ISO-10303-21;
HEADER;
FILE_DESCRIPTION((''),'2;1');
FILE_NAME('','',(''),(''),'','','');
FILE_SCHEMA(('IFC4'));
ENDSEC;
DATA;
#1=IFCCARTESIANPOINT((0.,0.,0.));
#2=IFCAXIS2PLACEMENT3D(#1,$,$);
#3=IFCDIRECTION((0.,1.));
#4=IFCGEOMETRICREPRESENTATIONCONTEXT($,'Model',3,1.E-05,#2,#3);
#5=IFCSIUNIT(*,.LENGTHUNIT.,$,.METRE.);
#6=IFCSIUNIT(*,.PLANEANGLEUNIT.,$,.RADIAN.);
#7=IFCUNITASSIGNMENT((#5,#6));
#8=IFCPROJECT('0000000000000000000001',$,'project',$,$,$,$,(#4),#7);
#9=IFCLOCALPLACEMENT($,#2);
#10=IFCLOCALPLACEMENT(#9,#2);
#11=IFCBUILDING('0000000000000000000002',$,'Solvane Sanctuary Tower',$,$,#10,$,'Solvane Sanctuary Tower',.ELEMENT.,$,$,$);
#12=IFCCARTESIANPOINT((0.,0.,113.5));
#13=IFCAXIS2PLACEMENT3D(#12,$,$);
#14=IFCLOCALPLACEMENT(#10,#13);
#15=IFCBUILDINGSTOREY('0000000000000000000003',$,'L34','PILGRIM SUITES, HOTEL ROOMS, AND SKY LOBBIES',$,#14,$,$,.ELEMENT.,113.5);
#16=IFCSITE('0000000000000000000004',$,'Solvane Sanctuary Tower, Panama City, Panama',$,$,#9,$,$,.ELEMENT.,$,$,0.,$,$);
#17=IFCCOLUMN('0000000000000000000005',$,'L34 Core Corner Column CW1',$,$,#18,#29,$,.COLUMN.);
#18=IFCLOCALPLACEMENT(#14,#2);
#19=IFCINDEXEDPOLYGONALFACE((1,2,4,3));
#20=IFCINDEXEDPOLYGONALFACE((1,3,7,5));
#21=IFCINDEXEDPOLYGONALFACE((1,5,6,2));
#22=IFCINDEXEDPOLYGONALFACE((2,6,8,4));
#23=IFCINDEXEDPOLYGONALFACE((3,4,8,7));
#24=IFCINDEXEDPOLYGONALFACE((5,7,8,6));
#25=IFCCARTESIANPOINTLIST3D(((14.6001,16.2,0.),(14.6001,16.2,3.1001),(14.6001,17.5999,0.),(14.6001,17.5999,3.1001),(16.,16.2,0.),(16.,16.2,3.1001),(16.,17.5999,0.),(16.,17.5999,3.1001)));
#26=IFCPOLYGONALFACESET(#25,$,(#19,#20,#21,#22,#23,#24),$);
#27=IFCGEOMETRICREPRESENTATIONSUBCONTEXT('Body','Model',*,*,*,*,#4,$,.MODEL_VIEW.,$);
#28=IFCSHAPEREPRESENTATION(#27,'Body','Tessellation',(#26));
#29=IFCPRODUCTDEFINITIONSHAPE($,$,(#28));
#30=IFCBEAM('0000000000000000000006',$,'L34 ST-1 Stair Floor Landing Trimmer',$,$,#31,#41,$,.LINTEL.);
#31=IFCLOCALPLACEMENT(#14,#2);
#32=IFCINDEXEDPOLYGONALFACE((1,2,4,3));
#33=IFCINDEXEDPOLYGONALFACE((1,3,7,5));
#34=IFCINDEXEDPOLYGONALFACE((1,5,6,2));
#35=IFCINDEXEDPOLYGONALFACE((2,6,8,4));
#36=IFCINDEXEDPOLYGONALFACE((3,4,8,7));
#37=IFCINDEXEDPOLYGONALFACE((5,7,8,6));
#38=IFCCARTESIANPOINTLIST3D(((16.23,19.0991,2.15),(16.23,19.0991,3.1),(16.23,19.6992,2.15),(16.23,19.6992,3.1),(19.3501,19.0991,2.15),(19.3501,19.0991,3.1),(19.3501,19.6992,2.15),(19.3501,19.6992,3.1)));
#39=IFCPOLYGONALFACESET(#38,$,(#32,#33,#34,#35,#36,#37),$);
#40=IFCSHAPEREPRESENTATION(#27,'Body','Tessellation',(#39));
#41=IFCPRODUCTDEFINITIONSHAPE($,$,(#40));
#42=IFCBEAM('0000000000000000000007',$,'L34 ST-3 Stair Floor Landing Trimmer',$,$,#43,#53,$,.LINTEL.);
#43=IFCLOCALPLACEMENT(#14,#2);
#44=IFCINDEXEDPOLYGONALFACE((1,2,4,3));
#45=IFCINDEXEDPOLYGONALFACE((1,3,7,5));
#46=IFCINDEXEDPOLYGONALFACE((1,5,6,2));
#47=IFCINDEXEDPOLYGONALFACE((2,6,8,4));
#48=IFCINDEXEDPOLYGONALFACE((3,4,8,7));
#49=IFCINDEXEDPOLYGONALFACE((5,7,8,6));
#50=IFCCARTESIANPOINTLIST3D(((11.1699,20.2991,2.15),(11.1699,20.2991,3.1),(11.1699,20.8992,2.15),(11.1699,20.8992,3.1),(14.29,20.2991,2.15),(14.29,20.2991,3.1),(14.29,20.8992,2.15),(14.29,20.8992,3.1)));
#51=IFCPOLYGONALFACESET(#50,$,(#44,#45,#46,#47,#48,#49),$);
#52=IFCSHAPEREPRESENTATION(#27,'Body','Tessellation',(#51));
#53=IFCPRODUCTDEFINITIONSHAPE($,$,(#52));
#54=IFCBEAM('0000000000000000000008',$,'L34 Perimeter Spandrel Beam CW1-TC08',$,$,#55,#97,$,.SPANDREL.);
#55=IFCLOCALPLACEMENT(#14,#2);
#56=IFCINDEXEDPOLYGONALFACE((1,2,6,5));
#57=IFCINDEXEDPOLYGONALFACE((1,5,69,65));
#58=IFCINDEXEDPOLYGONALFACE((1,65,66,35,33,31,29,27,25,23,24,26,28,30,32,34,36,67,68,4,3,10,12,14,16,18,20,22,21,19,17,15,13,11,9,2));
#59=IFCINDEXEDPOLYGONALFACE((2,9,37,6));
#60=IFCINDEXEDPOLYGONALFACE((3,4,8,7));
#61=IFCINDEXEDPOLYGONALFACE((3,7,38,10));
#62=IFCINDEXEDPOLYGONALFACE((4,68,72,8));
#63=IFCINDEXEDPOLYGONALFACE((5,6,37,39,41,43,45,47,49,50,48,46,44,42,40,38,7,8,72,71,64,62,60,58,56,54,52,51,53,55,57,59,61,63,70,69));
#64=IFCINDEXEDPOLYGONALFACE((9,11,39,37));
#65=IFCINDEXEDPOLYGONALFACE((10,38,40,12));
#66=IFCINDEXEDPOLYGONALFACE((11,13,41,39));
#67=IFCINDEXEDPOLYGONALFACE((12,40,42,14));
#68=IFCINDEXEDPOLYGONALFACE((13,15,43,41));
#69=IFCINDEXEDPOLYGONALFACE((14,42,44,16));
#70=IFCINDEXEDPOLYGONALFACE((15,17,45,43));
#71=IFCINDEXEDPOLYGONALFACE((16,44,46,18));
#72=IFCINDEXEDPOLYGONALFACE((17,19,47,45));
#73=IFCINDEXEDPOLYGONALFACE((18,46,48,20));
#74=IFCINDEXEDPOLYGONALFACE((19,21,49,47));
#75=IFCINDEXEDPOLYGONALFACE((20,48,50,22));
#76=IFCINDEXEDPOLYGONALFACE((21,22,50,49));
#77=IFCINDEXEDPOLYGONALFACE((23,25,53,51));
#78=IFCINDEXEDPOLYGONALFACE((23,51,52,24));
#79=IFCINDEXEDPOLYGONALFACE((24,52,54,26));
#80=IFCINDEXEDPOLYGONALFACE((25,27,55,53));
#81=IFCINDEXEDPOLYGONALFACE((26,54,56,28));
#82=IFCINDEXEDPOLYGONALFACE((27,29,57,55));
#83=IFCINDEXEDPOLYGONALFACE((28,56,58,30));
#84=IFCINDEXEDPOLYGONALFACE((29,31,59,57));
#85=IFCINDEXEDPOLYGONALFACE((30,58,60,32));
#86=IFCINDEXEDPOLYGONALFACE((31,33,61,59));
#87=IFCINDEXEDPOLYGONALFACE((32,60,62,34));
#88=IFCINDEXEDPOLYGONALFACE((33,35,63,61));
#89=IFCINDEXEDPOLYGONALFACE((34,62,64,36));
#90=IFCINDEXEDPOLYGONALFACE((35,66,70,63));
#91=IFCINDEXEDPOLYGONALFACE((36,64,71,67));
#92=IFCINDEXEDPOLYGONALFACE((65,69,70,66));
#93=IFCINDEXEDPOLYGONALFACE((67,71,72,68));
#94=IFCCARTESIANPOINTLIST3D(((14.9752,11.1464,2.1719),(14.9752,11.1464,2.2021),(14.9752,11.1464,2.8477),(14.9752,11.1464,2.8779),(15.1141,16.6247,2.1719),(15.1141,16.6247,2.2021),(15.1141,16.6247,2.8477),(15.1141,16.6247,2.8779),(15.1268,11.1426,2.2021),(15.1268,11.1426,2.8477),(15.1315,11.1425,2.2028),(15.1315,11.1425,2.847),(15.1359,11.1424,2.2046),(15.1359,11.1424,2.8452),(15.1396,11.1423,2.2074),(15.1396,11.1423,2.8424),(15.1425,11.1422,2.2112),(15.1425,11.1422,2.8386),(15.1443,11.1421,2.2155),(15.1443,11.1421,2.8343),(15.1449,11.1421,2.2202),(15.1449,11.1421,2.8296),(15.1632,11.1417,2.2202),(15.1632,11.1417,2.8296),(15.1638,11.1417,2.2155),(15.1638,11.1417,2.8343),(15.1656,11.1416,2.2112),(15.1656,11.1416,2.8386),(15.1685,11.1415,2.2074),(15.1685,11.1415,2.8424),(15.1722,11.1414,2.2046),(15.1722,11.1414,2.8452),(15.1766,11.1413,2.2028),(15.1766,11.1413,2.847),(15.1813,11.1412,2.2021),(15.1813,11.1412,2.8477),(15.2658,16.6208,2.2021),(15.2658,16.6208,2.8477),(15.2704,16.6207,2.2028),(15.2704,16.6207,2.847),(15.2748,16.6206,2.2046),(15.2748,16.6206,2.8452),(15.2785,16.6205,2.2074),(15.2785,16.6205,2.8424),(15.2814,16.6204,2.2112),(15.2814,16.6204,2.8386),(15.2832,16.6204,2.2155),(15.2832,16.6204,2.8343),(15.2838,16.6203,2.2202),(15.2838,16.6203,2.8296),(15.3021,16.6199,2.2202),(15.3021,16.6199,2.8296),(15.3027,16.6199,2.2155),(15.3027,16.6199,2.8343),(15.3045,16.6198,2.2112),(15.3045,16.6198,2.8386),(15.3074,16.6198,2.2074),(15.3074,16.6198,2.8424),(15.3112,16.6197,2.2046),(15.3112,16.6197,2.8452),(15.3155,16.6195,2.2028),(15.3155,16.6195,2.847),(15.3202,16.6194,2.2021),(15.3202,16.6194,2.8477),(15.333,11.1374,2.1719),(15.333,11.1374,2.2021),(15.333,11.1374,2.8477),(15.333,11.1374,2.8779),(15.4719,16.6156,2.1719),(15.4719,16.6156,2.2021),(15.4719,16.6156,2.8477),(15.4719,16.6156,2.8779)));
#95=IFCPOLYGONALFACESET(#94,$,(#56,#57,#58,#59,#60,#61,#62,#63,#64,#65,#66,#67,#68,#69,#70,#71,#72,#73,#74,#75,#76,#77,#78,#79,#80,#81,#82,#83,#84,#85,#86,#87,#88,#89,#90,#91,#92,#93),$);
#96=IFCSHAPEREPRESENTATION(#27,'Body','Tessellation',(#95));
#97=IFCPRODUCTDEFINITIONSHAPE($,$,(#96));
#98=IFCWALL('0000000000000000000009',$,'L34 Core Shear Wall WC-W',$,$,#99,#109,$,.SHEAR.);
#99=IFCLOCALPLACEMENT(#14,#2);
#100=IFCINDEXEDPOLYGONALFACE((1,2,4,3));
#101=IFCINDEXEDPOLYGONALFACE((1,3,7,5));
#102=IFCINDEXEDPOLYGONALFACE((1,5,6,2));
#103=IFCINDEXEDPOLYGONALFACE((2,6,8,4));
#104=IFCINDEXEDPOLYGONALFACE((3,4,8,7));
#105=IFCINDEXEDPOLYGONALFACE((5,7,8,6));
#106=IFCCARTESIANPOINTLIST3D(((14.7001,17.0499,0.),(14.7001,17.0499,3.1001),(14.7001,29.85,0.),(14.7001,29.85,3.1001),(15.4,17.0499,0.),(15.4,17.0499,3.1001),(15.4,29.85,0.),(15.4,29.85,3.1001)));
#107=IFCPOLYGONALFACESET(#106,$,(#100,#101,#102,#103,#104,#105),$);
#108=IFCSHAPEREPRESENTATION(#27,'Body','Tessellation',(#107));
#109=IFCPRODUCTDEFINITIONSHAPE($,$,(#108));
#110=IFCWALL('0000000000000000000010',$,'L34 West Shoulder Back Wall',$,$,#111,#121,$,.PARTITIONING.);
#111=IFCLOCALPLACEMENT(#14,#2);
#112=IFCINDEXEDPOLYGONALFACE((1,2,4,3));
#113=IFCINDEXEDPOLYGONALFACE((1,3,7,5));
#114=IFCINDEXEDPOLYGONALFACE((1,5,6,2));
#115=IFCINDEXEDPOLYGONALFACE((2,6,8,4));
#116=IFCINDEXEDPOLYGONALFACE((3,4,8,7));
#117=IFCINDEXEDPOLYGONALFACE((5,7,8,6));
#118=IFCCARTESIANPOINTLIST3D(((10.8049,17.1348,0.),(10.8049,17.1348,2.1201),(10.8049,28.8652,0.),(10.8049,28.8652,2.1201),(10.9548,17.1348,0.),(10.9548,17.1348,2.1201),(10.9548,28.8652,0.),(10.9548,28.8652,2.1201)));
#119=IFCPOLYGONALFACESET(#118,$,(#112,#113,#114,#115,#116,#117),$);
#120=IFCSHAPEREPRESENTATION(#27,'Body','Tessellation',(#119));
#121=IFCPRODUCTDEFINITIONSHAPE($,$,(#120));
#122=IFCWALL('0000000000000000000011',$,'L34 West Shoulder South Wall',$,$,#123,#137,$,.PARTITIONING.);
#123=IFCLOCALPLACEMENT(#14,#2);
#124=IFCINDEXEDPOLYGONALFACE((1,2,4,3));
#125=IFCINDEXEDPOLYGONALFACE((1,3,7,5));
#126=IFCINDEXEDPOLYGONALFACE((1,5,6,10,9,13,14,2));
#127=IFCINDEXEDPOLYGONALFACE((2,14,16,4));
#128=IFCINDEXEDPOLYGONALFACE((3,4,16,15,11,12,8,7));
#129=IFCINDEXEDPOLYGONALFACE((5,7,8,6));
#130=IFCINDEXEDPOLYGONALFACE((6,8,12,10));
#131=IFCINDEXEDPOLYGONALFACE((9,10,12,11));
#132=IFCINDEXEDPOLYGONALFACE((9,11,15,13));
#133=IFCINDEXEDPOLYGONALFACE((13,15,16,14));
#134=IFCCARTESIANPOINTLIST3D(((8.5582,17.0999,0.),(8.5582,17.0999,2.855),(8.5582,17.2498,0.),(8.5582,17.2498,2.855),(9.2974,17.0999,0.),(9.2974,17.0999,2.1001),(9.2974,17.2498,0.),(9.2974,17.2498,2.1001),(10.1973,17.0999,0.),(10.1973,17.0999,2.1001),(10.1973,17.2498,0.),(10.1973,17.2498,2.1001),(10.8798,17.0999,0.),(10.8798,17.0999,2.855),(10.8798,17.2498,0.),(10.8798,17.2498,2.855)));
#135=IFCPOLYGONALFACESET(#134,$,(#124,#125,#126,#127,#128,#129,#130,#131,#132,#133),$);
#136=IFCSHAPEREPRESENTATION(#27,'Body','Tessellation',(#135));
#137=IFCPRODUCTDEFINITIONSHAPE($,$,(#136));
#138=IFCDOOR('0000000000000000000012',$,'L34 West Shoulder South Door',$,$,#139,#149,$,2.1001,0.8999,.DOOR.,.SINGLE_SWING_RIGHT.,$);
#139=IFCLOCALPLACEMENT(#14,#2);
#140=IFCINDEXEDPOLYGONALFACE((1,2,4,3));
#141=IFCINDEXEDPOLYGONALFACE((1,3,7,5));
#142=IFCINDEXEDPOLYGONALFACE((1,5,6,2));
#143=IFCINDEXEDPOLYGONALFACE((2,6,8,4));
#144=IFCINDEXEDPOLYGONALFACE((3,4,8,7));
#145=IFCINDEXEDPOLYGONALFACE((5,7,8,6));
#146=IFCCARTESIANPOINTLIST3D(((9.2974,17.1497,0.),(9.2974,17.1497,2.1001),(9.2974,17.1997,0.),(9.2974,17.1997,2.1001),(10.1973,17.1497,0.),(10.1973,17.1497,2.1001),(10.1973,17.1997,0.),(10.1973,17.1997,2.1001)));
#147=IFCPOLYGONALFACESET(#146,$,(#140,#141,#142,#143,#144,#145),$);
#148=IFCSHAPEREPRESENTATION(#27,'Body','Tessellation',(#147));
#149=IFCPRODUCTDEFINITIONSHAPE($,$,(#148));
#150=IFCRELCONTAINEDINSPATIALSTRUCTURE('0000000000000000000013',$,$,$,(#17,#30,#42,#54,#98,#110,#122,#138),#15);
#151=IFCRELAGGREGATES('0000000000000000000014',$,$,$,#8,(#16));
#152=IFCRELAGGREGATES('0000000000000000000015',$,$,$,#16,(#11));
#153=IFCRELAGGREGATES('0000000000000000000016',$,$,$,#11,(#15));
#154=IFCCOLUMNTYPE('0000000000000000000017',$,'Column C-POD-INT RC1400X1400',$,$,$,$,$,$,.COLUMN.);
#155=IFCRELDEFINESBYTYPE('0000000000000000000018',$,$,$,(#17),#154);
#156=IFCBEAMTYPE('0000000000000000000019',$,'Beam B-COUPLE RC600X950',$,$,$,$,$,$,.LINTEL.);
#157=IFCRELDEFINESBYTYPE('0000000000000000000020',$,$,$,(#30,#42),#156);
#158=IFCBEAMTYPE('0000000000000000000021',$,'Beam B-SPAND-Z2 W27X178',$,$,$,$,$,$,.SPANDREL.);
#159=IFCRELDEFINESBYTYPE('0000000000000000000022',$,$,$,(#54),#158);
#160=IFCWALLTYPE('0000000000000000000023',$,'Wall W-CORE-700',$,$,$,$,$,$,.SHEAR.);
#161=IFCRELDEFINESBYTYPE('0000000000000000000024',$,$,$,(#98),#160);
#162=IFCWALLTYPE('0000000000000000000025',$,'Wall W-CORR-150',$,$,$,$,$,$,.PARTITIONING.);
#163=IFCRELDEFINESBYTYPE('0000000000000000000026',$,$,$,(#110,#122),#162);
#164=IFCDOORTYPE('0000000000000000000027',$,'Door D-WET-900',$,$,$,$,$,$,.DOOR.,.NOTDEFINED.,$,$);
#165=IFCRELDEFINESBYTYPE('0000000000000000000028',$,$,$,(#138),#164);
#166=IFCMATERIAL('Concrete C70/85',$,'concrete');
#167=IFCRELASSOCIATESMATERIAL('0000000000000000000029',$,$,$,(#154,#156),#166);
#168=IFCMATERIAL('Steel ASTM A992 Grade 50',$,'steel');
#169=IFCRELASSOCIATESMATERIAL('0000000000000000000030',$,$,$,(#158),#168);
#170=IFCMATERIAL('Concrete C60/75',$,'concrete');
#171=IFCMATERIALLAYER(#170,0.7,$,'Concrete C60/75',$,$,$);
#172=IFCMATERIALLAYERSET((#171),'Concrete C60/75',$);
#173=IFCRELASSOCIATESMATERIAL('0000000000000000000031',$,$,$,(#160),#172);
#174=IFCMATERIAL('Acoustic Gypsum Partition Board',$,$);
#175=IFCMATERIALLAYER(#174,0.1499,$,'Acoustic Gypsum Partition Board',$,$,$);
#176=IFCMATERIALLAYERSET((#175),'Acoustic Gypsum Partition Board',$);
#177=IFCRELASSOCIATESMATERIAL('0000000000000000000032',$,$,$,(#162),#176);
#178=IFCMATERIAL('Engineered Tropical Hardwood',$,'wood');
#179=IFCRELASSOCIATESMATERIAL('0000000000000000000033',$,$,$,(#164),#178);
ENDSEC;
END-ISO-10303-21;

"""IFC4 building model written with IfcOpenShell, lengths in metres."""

from ifc_helpers import new_model, si_unit, direction, frame, frame_2d, origin, origin_2d, place, context, subcontext, project, spatial, rectangle, i_section, extrude, material, layer, layer_set, material_profile, profile_set, type_object, element, fill, save


model = new_model("IFC4")

# Units and contexts
model_context = context("Model", 3, precision=1e-05, world=origin(), true_north=direction((0.0, 1.0)))
body_context = subcontext(model_context, "Body", "Model", "MODEL_VIEW")
ifc_project = project(units=[si_unit("LENGTHUNIT", "METRE"), si_unit("PLANEANGLEUNIT", "RADIAN")], contexts=[model_context])

# Site, building, storey
site_placement = place(None, origin())
site = spatial("IfcSite", under=ifc_project, at=site_placement, Name="Solvane Sanctuary Tower, Panama City, Panama", CompositionType="ELEMENT", RefElevation=0.0)
building_placement = place(site_placement, origin())
building = spatial("IfcBuilding", under=site, at=building_placement, Name="Solvane Sanctuary Tower", LongName="Solvane Sanctuary Tower", CompositionType="ELEMENT")
storey_placement = place(building_placement, frame((0.0, 0.0, 113.5)))
storey = spatial("IfcBuildingStorey", under=building, at=storey_placement, Name="L34", Description="PILGRIM SUITES, HOTEL ROOMS, AND SKY LOBBIES", CompositionType="ELEMENT", Elevation=113.5)

# Column
ifc_material_1 = material(Name="Concrete C70/85", Category="concrete")
ifc_material_profile_1 = material_profile(ifc_material_1, rectangle(XDim=1.3999, YDim=1.3999, at=origin_2d()), Name="RC1400X1400")
ifc_profile_set_1 = profile_set([ifc_material_profile_1], Name="Concrete C70/85")
column_type = type_object("IfcColumnType", Name="Column C-POD-INT RC1400X1400", PredefinedType="COLUMN", material=ifc_profile_set_1)
column_placement = place(storey_placement, frame((15.3, 16.8999, 0.0), z_axis=(0.0, 0.0, 1.0), x_axis=(1.0, 0.0, 0.0)))
element("IfcColumn", 1, at=column_placement, inside=storey, type_object=column_type, Name="L34 Core Corner Column CW1", PredefinedType="COLUMN", context=body_context, shape_type="SweptSolid", body=[
    extrude(rectangle(XDim=1.3999, YDim=1.3999, at=origin_2d()), origin(), (0.0, 0.0, 1.0), 3.1001),
])

# Beams
ifc_material_profile_2 = material_profile(ifc_material_1, rectangle(XDim=0.6001, YDim=0.95, at=origin_2d()), Name="RC600X950")
ifc_profile_set_2 = profile_set([ifc_material_profile_2], Name="Concrete C70/85")
beam_type_1 = type_object("IfcBeamType", Name="Beam B-COUPLE RC600X950", PredefinedType="LINTEL", material=ifc_profile_set_2)
for number, where, z_axis, x_axis, name in (
    (2, (16.23, 19.3992, 2.625), (1.0, 0.0, 0.0), (0.0, 1.0, 0.0), "L34 ST-1 Stair Floor Landing Trimmer"),
    (3, (11.1699, 20.5991, 2.625), (1.0, 0.0, 0.0), (0.0, 1.0, 0.0), "L34 ST-3 Stair Floor Landing Trimmer"),
):
    element("IfcBeam", number, at=place(storey_placement, frame(where, z_axis=z_axis, x_axis=x_axis)), inside=storey, type_object=beam_type_1, Name=name, PredefinedType="LINTEL", context=body_context, shape_type="SweptSolid", body=[
        extrude(rectangle(XDim=0.6001, YDim=0.95, at=origin_2d()), origin(), (0.0, 0.0, 1.0), 3.1201),
    ])
ifc_material_2 = material(Name="Steel ASTM A992 Grade 50", Category="steel")
ifc_material_profile_3 = material_profile(ifc_material_2, i_section(OverallWidth=0.3579, OverallDepth=0.7061, WebThickness=0.0183, FlangeThickness=0.0303, FilletRadius=0.0181, at=origin_2d()), Name="W27X178")
ifc_profile_set_3 = profile_set([ifc_material_profile_3], Name="Steel ASTM A992 Grade 50")
beam_type_2 = type_object("IfcBeamType", Name="Beam B-SPAND-Z2 W27X178", PredefinedType="SPANDREL", material=ifc_profile_set_3)
beam_placement = place(storey_placement, frame((15.293, 16.6201, 2.5249), z_axis=(-0.025349, -0.999679, 0.0), x_axis=(0.999679, -0.025349, 0.0)))
element("IfcBeam", 4, at=beam_placement, inside=storey, type_object=beam_type_2, Name="L34 Perimeter Spandrel Beam CW1-TC08", PredefinedType="SPANDREL", context=body_context, shape_type="SweptSolid", body=[
    extrude(i_section(OverallWidth=0.3579, OverallDepth=0.7061, WebThickness=0.0183, FlangeThickness=0.0303, FilletRadius=0.0181, at=origin_2d()), origin(), (0.0, 0.0, 1.0), 5.48),
])

# Walls
ifc_material_3 = material(Name="Concrete C60/75", Category="concrete")
ifc_layer_1 = layer(ifc_material_3, 0.7, Name="Concrete C60/75")
ifc_layer_set_1 = layer_set([ifc_layer_1], Name="Concrete C60/75")
wall_type_1 = type_object("IfcWallType", Name="Wall W-CORE-700", PredefinedType="SHEAR", material=ifc_layer_set_1)
wall_1_placement = place(storey_placement, frame((15.05, 17.05, 0.0), z_axis=(0.0, 0.0, 1.0), x_axis=(0.0, 1.0, 0.0)))
element("IfcWall", 5, at=wall_1_placement, inside=storey, type_object=wall_type_1, Name="L34 Core Shear Wall WC-W", PredefinedType="SHEAR", context=body_context, shape_type="SweptSolid", body=[
    extrude(rectangle(XDim=12.8, YDim=0.7, at=frame_2d((6.3999, 0.0))), origin(), (0.0, 0.0, 1.0), 3.1001),
])
ifc_material_4 = material(Name="Acoustic Gypsum Partition Board")
ifc_layer_2 = layer(ifc_material_4, 0.1499, Name="Acoustic Gypsum Partition Board")
ifc_layer_set_2 = layer_set([ifc_layer_2], Name="Acoustic Gypsum Partition Board")
wall_type_2 = type_object("IfcWallType", Name="Wall W-CORR-150", PredefinedType="PARTITIONING", material=ifc_layer_set_2)
wall_2_placement = place(storey_placement, frame((10.8799, 17.1348, 0.0), z_axis=(0.0, 0.0, 1.0), x_axis=(0.0, 1.0, 0.0)))
element("IfcWall", 6, at=wall_2_placement, inside=storey, type_object=wall_type_2, Name="L34 West Shoulder Back Wall", PredefinedType="PARTITIONING", context=body_context, shape_type="SweptSolid", body=[
    extrude(rectangle(XDim=11.7305, YDim=0.1499, at=frame_2d((5.8652, 0.0))), origin(), (0.0, 0.0, 1.0), 2.1201),
])

# Wall, opening, door
wall_3_placement = place(storey_placement, frame((8.5583, 17.1748, 0.0), z_axis=(0.0, 0.0, 1.0), x_axis=(1.0, 0.0, 0.0)))
wall_3 = element("IfcWall", 7, at=wall_3_placement, inside=storey, type_object=wall_type_2, Name="L34 West Shoulder South Wall", PredefinedType="PARTITIONING", context=body_context, shape_type="SweptSolid", body=[
    extrude(rectangle(XDim=2.3215, YDim=0.1499, at=frame_2d((1.1606, 0.0))), origin(), (0.0, 0.0, 1.0), 2.855),
])
opening_1_placement = place(wall_3_placement, frame((0.739, 0.0, 0.0)))
opening_1 = element("IfcOpeningElement", 8, at=opening_1_placement, cuts=wall_3, PredefinedType="OPENING", context=body_context, shape_type="SweptSolid", body=[
    extrude(rectangle(XDim=0.8999, YDim=2.1001, at=frame_2d((0.45, 1.05))), frame((0.0, 0.085, 0.0), z_axis=(0.0, -1.0, 0.0), x_axis=(1.0, 0.0, 0.0)), (0.0, 0.0, 1.0), 0.1699),
])
ifc_material_5 = material(Name="Engineered Tropical Hardwood", Category="wood")
door_type_1 = type_object("IfcDoorType", Name="Door D-WET-900", OperationType="NOTDEFINED", PredefinedType="DOOR", material=ifc_material_5)
door_1_placement = place(opening_1_placement, origin())
door_1 = element("IfcDoor", 9, at=door_1_placement, inside=storey, type_object=door_type_1, Name="L34 West Shoulder South Door", OperationType="SINGLE_SWING_RIGHT", OverallHeight=2.1001, OverallWidth=0.8999, PredefinedType="DOOR", context=body_context, shape_type="SweptSolid", body=[
    extrude(rectangle(XDim=0.8999, YDim=2.1001, at=frame_2d((0.45, 1.05))), frame((0.0, 0.0249, 0.0), z_axis=(0.0, -1.0, 0.0), x_axis=(1.0, 0.0, 0.0)), (0.0, 0.0, 1.0), 0.05),
])
fill(opening_1, door_1)

save(model, "model.ifc")
